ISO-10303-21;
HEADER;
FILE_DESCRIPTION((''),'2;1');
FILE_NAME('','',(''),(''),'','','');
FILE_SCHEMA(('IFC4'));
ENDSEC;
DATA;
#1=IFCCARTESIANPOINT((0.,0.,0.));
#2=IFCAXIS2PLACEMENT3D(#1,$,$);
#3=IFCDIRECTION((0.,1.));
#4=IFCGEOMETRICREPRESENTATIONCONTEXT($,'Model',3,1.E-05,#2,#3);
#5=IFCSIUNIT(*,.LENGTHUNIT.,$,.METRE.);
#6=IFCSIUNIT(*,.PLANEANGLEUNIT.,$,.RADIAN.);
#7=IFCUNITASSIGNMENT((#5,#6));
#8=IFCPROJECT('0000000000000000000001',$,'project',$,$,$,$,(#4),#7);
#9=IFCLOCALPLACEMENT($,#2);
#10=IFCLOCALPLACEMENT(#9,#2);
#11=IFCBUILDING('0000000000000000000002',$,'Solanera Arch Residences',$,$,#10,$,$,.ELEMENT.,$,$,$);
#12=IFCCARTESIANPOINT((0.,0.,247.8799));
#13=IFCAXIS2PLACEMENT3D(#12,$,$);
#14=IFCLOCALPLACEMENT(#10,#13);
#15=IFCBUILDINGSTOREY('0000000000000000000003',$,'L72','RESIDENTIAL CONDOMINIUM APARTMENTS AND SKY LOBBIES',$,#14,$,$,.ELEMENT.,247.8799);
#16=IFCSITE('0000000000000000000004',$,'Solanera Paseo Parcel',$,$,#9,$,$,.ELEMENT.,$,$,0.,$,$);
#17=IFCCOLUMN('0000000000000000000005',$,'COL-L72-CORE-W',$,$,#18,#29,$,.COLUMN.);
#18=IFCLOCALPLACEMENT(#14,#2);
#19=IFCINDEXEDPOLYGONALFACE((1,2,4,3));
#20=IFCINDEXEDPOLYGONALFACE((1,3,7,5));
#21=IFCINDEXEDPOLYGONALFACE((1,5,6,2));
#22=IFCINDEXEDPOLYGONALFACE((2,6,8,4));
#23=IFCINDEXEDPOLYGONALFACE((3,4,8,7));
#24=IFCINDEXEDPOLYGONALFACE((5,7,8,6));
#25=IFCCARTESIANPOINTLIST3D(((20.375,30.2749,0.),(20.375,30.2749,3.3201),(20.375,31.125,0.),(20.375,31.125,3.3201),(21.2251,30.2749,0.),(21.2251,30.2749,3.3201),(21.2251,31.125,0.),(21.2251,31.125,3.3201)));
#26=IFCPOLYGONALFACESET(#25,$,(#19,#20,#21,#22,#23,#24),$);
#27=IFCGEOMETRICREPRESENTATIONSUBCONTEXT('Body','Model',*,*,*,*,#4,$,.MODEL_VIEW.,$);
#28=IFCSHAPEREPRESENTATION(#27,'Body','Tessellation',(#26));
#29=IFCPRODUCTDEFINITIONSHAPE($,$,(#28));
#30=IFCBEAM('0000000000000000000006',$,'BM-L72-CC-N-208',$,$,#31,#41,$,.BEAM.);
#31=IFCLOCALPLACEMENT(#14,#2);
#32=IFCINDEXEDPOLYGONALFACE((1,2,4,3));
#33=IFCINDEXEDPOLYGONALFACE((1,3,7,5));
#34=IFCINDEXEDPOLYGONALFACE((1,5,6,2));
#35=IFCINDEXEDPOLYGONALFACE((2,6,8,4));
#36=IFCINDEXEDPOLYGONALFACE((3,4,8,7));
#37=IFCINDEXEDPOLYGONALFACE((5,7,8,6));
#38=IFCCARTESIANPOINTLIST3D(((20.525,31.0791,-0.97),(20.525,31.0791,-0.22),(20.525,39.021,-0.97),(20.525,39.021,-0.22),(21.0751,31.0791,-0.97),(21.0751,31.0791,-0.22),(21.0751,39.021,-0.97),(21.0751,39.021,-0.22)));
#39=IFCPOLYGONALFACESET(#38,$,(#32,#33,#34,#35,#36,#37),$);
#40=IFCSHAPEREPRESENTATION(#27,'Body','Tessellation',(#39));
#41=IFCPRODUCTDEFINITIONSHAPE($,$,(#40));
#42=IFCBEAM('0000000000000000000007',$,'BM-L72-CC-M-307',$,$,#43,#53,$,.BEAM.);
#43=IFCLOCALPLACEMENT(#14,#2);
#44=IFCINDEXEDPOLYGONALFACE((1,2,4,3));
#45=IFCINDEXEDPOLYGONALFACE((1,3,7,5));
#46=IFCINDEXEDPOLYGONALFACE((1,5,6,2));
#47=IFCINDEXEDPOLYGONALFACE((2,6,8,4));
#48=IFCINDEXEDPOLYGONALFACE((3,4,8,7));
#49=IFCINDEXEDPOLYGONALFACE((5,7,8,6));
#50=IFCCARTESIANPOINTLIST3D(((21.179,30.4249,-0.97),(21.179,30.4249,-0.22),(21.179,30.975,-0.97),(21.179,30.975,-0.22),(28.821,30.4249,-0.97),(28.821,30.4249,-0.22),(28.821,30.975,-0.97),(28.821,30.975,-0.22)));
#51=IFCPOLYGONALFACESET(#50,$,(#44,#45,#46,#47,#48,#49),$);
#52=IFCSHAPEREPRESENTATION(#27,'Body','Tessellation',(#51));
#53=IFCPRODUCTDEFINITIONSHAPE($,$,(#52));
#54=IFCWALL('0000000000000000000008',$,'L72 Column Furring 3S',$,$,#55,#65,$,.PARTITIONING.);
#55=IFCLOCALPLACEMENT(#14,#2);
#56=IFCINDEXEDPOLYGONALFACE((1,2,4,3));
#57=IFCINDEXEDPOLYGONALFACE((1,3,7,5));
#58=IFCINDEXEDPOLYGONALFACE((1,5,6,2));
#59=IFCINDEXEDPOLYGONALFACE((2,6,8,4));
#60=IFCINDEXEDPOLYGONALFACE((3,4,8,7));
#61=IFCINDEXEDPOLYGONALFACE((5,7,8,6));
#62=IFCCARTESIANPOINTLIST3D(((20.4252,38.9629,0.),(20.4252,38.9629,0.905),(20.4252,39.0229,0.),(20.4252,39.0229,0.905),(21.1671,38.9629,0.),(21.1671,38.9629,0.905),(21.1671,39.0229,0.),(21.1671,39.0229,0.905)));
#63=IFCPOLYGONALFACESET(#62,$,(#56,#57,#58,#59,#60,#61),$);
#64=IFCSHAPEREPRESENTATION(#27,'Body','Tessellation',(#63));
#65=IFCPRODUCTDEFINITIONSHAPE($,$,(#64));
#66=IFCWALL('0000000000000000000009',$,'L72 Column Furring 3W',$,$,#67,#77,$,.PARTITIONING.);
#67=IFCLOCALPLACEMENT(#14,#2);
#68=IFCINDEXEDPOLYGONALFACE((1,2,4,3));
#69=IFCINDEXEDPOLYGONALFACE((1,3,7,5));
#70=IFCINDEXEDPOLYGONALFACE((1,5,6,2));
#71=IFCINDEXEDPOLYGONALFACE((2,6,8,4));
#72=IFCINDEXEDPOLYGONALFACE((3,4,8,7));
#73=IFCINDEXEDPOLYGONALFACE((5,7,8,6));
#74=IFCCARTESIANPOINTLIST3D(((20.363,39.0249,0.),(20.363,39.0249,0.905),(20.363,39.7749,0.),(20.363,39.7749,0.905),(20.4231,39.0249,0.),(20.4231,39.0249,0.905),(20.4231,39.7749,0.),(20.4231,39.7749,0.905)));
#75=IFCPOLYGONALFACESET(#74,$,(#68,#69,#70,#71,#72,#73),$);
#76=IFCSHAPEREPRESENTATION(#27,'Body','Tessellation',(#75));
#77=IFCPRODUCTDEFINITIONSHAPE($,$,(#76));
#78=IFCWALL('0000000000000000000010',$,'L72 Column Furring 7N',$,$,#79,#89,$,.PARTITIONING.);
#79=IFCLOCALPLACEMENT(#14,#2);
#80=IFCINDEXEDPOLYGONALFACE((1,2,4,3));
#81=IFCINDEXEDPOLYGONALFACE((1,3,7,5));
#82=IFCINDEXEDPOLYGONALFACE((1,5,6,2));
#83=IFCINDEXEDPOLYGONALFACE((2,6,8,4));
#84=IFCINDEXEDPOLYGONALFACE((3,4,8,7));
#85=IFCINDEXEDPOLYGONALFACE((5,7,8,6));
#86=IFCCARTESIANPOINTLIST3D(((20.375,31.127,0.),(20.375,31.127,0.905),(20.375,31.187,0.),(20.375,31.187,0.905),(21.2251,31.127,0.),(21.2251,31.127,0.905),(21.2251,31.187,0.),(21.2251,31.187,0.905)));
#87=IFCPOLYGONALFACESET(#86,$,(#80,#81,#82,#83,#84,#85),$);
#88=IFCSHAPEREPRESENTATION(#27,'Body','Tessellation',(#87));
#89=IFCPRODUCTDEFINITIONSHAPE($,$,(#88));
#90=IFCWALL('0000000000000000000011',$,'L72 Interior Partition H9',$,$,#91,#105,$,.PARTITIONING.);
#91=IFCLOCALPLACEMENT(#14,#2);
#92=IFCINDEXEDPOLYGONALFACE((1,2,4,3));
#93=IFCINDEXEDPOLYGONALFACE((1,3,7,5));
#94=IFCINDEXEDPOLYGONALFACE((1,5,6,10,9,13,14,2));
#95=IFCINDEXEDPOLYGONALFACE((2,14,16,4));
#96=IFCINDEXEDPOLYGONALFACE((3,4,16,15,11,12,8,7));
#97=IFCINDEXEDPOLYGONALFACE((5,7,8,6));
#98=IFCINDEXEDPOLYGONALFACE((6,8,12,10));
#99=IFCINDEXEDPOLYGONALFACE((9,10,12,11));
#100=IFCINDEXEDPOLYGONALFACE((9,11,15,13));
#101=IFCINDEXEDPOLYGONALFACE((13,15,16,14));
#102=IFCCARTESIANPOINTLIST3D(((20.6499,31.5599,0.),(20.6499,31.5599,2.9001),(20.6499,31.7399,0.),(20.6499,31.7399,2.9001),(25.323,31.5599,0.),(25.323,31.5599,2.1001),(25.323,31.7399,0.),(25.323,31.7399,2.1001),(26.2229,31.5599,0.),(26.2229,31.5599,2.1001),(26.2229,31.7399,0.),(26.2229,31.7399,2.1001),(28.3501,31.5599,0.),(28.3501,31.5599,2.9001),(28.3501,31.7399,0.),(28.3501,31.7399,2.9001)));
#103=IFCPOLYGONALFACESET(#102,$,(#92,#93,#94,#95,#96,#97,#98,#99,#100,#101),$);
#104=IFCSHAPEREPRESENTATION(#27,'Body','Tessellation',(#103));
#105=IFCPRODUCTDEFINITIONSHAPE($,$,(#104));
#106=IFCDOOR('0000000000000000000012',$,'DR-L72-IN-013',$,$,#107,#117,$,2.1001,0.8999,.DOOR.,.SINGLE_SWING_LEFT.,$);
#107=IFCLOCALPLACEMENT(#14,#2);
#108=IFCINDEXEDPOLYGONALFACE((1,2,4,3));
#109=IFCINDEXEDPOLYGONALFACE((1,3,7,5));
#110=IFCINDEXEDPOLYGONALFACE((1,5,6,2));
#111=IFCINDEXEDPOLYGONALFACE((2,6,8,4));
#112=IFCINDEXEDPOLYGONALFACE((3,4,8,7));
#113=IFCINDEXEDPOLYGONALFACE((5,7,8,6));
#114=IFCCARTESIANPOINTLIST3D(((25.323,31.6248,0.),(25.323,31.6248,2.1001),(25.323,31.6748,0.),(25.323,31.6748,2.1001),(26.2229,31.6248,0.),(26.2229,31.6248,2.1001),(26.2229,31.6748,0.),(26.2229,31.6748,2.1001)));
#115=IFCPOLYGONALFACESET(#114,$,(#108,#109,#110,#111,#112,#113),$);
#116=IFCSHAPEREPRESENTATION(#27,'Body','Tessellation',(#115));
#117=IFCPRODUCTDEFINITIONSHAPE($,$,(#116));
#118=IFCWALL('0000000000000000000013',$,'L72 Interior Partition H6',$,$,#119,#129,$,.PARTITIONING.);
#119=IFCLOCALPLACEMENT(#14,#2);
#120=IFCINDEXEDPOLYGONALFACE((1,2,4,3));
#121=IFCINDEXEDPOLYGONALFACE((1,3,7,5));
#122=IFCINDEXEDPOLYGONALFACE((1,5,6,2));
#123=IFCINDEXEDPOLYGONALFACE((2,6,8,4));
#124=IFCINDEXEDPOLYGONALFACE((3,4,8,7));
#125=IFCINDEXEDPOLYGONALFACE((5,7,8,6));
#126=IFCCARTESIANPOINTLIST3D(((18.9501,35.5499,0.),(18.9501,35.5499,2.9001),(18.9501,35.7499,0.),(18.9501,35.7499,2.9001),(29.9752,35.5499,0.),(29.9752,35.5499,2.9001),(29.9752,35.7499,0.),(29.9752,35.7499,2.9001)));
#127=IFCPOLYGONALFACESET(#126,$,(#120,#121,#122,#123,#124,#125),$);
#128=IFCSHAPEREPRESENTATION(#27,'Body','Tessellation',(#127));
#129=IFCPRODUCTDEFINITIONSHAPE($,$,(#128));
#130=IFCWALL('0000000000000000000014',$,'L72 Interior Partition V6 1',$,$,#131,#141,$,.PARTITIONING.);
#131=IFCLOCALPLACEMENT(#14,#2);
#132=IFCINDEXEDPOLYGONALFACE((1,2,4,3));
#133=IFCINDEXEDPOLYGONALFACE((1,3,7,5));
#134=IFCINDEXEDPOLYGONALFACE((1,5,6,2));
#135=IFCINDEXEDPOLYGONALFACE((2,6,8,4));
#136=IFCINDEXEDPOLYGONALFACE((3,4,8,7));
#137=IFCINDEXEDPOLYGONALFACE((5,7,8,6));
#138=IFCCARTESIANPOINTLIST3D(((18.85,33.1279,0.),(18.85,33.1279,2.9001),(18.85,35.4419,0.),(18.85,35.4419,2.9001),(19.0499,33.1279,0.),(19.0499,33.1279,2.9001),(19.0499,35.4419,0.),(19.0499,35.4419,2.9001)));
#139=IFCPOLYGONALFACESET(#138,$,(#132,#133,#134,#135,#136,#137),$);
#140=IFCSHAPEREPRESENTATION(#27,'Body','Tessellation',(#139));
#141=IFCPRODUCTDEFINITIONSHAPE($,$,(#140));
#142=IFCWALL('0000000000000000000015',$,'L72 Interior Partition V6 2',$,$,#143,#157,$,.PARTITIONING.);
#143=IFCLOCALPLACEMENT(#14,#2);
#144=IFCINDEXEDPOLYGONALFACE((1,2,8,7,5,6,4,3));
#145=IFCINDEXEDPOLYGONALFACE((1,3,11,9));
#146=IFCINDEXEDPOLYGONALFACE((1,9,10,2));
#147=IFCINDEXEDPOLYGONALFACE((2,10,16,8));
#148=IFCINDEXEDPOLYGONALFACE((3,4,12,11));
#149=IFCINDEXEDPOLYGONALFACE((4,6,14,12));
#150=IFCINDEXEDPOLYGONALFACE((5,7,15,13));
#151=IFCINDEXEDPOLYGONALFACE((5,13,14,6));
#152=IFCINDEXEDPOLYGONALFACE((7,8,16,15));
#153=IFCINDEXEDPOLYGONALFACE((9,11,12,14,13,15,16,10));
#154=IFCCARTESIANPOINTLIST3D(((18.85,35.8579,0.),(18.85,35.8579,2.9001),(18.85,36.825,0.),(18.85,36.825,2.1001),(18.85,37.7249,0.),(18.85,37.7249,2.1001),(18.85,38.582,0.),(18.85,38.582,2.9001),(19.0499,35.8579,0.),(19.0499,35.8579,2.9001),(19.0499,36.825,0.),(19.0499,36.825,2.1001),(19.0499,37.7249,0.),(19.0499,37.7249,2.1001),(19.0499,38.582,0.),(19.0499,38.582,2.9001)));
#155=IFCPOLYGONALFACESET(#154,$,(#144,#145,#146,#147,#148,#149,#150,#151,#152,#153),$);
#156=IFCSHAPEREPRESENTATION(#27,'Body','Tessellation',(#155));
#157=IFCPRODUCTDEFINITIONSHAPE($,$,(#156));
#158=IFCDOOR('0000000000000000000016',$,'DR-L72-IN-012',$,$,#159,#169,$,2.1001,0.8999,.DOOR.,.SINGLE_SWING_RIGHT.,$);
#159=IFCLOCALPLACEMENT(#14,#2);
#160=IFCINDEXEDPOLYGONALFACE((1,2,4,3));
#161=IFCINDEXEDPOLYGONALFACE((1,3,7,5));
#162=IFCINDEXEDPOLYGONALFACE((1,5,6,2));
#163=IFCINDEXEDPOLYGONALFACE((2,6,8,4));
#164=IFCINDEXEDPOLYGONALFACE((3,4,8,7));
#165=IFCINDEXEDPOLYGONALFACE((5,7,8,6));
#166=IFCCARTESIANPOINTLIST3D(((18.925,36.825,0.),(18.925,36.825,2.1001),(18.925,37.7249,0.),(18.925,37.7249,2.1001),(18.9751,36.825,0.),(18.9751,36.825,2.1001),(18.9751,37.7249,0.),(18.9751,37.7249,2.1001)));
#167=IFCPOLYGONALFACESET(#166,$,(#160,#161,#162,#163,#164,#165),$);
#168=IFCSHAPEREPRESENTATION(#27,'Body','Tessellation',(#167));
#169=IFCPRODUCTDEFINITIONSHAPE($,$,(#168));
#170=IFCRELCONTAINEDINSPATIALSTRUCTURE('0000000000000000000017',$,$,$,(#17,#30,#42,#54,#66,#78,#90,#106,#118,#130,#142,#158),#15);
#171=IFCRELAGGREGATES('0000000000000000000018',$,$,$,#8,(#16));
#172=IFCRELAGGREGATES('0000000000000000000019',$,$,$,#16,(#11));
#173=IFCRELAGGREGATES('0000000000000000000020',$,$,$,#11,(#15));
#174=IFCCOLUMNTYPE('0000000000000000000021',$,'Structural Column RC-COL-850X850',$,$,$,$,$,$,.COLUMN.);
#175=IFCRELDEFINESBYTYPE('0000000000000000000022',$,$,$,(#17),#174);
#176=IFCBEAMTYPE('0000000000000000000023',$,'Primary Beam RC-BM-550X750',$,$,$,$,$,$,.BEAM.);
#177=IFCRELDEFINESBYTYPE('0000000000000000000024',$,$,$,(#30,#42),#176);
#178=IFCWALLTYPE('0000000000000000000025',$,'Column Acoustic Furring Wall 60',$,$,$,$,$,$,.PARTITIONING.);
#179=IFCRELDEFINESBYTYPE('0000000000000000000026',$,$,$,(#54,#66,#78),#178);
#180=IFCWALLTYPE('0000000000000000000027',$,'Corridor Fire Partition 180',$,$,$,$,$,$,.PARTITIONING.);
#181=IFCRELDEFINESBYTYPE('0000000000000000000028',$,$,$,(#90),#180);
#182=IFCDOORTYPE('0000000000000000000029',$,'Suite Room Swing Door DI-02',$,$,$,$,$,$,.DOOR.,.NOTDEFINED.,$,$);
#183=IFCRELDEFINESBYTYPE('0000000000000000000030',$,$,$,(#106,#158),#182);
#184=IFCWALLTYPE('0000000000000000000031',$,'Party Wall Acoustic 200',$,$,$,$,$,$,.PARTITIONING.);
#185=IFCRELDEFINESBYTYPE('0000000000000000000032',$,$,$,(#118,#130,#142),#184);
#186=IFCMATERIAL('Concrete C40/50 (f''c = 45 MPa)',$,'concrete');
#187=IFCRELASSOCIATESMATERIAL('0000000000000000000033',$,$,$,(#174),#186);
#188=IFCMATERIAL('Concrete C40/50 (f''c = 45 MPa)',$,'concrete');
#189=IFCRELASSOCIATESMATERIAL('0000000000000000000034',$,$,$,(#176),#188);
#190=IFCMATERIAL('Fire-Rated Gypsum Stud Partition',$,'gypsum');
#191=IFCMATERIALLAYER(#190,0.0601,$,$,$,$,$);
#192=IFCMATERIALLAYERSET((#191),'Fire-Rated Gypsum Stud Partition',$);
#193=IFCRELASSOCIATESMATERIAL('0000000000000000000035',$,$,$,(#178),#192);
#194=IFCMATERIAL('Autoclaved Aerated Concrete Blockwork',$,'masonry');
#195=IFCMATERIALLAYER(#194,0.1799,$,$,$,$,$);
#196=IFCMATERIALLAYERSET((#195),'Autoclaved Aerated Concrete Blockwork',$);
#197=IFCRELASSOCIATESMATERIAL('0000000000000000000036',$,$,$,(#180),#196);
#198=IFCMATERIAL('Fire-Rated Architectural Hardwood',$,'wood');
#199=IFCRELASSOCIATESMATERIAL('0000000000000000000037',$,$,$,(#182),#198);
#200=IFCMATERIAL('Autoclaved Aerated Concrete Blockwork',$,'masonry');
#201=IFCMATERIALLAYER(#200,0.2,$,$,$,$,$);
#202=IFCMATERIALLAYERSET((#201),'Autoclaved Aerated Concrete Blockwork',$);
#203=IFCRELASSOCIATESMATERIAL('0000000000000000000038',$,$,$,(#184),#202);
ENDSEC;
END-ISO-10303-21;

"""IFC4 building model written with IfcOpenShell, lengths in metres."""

from ifc_helpers import new_model, si_unit, direction, frame, frame_2d, origin, origin_2d, place, context, subcontext, project, spatial, rectangle, extrude, material, layer, layer_set, material_profile, profile_set, type_object, element, fill, save


model = new_model("IFC4")

# Units and contexts
model_context = context("Model", 3, precision=1e-05, world=origin(), true_north=direction((0.0, 1.0)))
body_context = subcontext(model_context, "Body", "Model", "MODEL_VIEW")
ifc_project = project(units=[si_unit("LENGTHUNIT", "METRE"), si_unit("PLANEANGLEUNIT", "RADIAN")], contexts=[model_context])

# Site, building, storey
site_placement = place(None, origin())
site = spatial("IfcSite", under=ifc_project, at=site_placement, Name="Solanera Paseo Parcel", CompositionType="ELEMENT", RefElevation=0.0)
building_placement = place(site_placement, origin())
building = spatial("IfcBuilding", under=site, at=building_placement, Name="Solanera Arch Residences", CompositionType="ELEMENT")
storey_placement = place(building_placement, frame((0.0, 0.0, 247.8799)))
storey = spatial("IfcBuildingStorey", under=building, at=storey_placement, Name="L72", Description="RESIDENTIAL CONDOMINIUM APARTMENTS AND SKY LOBBIES", CompositionType="ELEMENT", Elevation=247.8799)

# Column
ifc_material_1 = material(Name="Concrete C40/50 (f'c = 45 MPa)", Category="concrete")
ifc_material_profile_1 = material_profile(ifc_material_1, rectangle(XDim=0.8501, YDim=0.8501, at=origin_2d()))
ifc_profile_set_1 = profile_set([ifc_material_profile_1], Name="Concrete C40/50 (f'c = 45 MPa)")
column_type = type_object("IfcColumnType", Name="Structural Column RC-COL-850X850", PredefinedType="COLUMN", material=ifc_profile_set_1)
column_placement = place(storey_placement, frame((20.8, 30.7, 0.0), z_axis=(0.0, 0.0, 1.0), x_axis=(1.0, 0.0, 0.0)))
element("IfcColumn", 1, at=column_placement, inside=storey, type_object=column_type, Name="COL-L72-CORE-W", PredefinedType="COLUMN", context=body_context, shape_type="SweptSolid", body=[
    extrude(rectangle(XDim=0.8501, YDim=0.8501, at=origin_2d()), origin(), (0.0, 0.0, 1.0), 3.3201),
])

# Beams
ifc_material_2 = material(Name="Concrete C40/50 (f'c = 45 MPa)", Category="concrete")
ifc_material_profile_2 = material_profile(ifc_material_2, rectangle(XDim=0.55, YDim=0.75, at=origin_2d()))
ifc_profile_set_2 = profile_set([ifc_material_profile_2], Name="Concrete C40/50 (f'c = 45 MPa)")
beam_type = type_object("IfcBeamType", Name="Primary Beam RC-BM-550X750", PredefinedType="BEAM", material=ifc_profile_set_2)
beam_1_placement = place(storey_placement, frame((20.8, 31.0791, -0.595), z_axis=(0.0, 1.0, 0.0), x_axis=(-1.0, 0.0, 0.0)))
element("IfcBeam", 2, at=beam_1_placement, inside=storey, type_object=beam_type, Name="BM-L72-CC-N-208", PredefinedType="BEAM", context=body_context, shape_type="SweptSolid", body=[
    extrude(rectangle(XDim=0.55, YDim=0.75, at=origin_2d()), origin(), (0.0, 0.0, 1.0), 7.9419),
])
beam_2_placement = place(storey_placement, frame((21.179, 30.7, -0.595), z_axis=(1.0, 0.0, 0.0), x_axis=(0.0, 1.0, 0.0)))
element("IfcBeam", 3, at=beam_2_placement, inside=storey, type_object=beam_type, Name="BM-L72-CC-M-307", PredefinedType="BEAM", context=body_context, shape_type="SweptSolid", body=[
    extrude(rectangle(XDim=0.55, YDim=0.75, at=origin_2d()), origin(), (0.0, 0.0, 1.0), 7.6421),
])

# Walls
ifc_material_3 = material(Name="Fire-Rated Gypsum Stud Partition", Category="gypsum")
ifc_layer_1 = layer(ifc_material_3, 0.0601)
ifc_layer_set_1 = layer_set([ifc_layer_1], Name="Fire-Rated Gypsum Stud Partition")
wall_type_1 = type_object("IfcWallType", Name="Column Acoustic Furring Wall 60", PredefinedType="PARTITIONING", material=ifc_layer_set_1)
wall_1_placement = place(storey_placement, frame((20.425, 38.9929, 0.0), z_axis=(0.0, 0.0, 1.0), x_axis=(1.0, 0.0, 0.0)))
element("IfcWall", 4, at=wall_1_placement, inside=storey, type_object=wall_type_1, Name="L72 Column Furring 3S", PredefinedType="PARTITIONING", context=body_context, shape_type="SweptSolid", body=[
    extrude(rectangle(XDim=0.7419, YDim=0.0601, at=frame_2d((0.3711, 0.0))), origin(), (0.0, 0.0, 1.0), 0.905),
])
wall_2_placement = place(storey_placement, frame((20.3931, 39.0249, 0.0), z_axis=(0.0, 0.0, 1.0), x_axis=(0.0, 1.0, 0.0)))
element("IfcWall", 5, at=wall_2_placement, inside=storey, type_object=wall_type_1, Name="L72 Column Furring 3W", PredefinedType="PARTITIONING", context=body_context, shape_type="SweptSolid", body=[
    extrude(rectangle(XDim=0.75, YDim=0.0601, at=frame_2d((0.375, 0.0))), origin(), (0.0, 0.0, 1.0), 0.905),
])
wall_3_placement = place(storey_placement, frame((20.375, 31.157, 0.0), z_axis=(0.0, 0.0, 1.0), x_axis=(1.0, 0.0, 0.0)))
element("IfcWall", 6, at=wall_3_placement, inside=storey, type_object=wall_type_1, Name="L72 Column Furring 7N", PredefinedType="PARTITIONING", context=body_context, shape_type="SweptSolid", body=[
    extrude(rectangle(XDim=0.8501, YDim=0.0601, at=frame_2d((0.425, 0.0))), origin(), (0.0, 0.0, 1.0), 0.905),
])

# Wall, opening, door
ifc_material_4 = material(Name="Autoclaved Aerated Concrete Blockwork", Category="masonry")
ifc_layer_2 = layer(ifc_material_4, 0.1799)
ifc_layer_set_2 = layer_set([ifc_layer_2], Name="Autoclaved Aerated Concrete Blockwork")
wall_type_2 = type_object("IfcWallType", Name="Corridor Fire Partition 180", PredefinedType="PARTITIONING", material=ifc_layer_set_2)
wall_4_placement = place(storey_placement, frame((20.6499, 31.6499, 0.0), z_axis=(0.0, 0.0, 1.0), x_axis=(1.0, 0.0, 0.0)))
wall_4 = element("IfcWall", 7, at=wall_4_placement, inside=storey, type_object=wall_type_2, Name="L72 Interior Partition H9", PredefinedType="PARTITIONING", context=body_context, shape_type="SweptSolid", body=[
    extrude(rectangle(XDim=7.7002, YDim=0.1799, at=frame_2d((3.8501, 0.0))), origin(), (0.0, 0.0, 1.0), 2.9001),
])
opening_1_placement = place(wall_4_placement, frame((4.6731, 0.0, 0.0)))
opening_1 = element("IfcOpeningElement", 8, at=opening_1_placement, cuts=wall_4, PredefinedType="OPENING", context=body_context, shape_type="SweptSolid", body=[
    extrude(rectangle(XDim=0.8999, YDim=2.1001, at=frame_2d((0.45, 1.05))), frame((0.0, 0.1001, 0.0), z_axis=(0.0, -1.0, 0.0), x_axis=(1.0, 0.0, 0.0)), (0.0, 0.0, 1.0), 0.1999),
])
ifc_material_5 = material(Name="Fire-Rated Architectural Hardwood", Category="wood")
door_type_1 = type_object("IfcDoorType", Name="Suite Room Swing Door DI-02", OperationType="NOTDEFINED", PredefinedType="DOOR", material=ifc_material_5)
door_1_placement = place(opening_1_placement, origin())
door_1 = element("IfcDoor", 9, at=door_1_placement, inside=storey, type_object=door_type_1, Name="DR-L72-IN-013", OperationType="SINGLE_SWING_LEFT", OverallHeight=2.1001, OverallWidth=0.8999, PredefinedType="DOOR", context=body_context, shape_type="SweptSolid", body=[
    extrude(rectangle(XDim=0.8999, YDim=2.1001, at=frame_2d((0.45, 1.05))), frame((0.0, 0.0249, 0.0), z_axis=(0.0, -1.0, 0.0), x_axis=(1.0, 0.0, 0.0)), (0.0, 0.0, 1.0), 0.05),
])
fill(opening_1, door_1)

# Walls
ifc_material_6 = material(Name="Autoclaved Aerated Concrete Blockwork", Category="masonry")
ifc_layer_3 = layer(ifc_material_6, 0.2)
ifc_layer_set_3 = layer_set([ifc_layer_3], Name="Autoclaved Aerated Concrete Blockwork")
wall_type_3 = type_object("IfcWallType", Name="Party Wall Acoustic 200", PredefinedType="PARTITIONING", material=ifc_layer_set_3)
wall_5_placement = place(storey_placement, frame((18.95, 35.6499, 0.0), z_axis=(0.0, 0.0, 1.0), x_axis=(1.0, 0.0, 0.0)))
element("IfcWall", 10, at=wall_5_placement, inside=storey, type_object=wall_type_3, Name="L72 Interior Partition H6", PredefinedType="PARTITIONING", context=body_context, shape_type="SweptSolid", body=[
    extrude(rectangle(XDim=11.0251, YDim=0.2, at=frame_2d((5.5127, 0.0))), origin(), (0.0, 0.0, 1.0), 2.9001),
])
wall_6_placement = place(storey_placement, frame((18.95, 33.1279, 0.0), z_axis=(0.0, 0.0, 1.0), x_axis=(0.0, 1.0, 0.0)))
element("IfcWall", 11, at=wall_6_placement, inside=storey, type_object=wall_type_3, Name="L72 Interior Partition V6 1", PredefinedType="PARTITIONING", context=body_context, shape_type="SweptSolid", body=[
    extrude(rectangle(XDim=2.314, YDim=0.2, at=frame_2d((1.157, 0.0))), origin(), (0.0, 0.0, 1.0), 2.9001),
])

# Wall, opening, door
wall_7_placement = place(storey_placement, frame((18.95, 35.8579, 0.0), z_axis=(0.0, 0.0, 1.0), x_axis=(0.0, 1.0, 0.0)))
wall_7 = element("IfcWall", 12, at=wall_7_placement, inside=storey, type_object=wall_type_3, Name="L72 Interior Partition V6 2", PredefinedType="PARTITIONING", context=body_context, shape_type="SweptSolid", body=[
    extrude(rectangle(XDim=2.7241, YDim=0.2, at=frame_2d((1.3621, 0.0))), origin(), (0.0, 0.0, 1.0), 2.9001),
])
opening_2_placement = place(wall_7_placement, frame((0.967, 0.0, 0.0)))
opening_2 = element("IfcOpeningElement", 13, at=opening_2_placement, cuts=wall_7, PredefinedType="OPENING", context=body_context, shape_type="SweptSolid", body=[
    extrude(rectangle(XDim=0.8999, YDim=2.1001, at=frame_2d((0.45, 1.05))), frame((0.0, 0.1101, 0.0), z_axis=(0.0, -1.0, 0.0), x_axis=(1.0, 0.0, 0.0)), (0.0, 0.0, 1.0), 0.22),
])
door_2_placement = place(opening_2_placement, origin())
door_2 = element("IfcDoor", 14, at=door_2_placement, inside=storey, type_object=door_type_1, Name="DR-L72-IN-012", OperationType="SINGLE_SWING_RIGHT", OverallHeight=2.1001, OverallWidth=0.8999, PredefinedType="DOOR", context=body_context, shape_type="SweptSolid", body=[
    extrude(rectangle(XDim=0.8999, YDim=2.1001, at=frame_2d((0.45, 1.05))), frame((0.0, 0.0249, 0.0), z_axis=(0.0, -1.0, 0.0), x_axis=(1.0, 0.0, 0.0)), (0.0, 0.0, 1.0), 0.05),
])
fill(opening_2, door_2)

save(model, "model.ifc")
